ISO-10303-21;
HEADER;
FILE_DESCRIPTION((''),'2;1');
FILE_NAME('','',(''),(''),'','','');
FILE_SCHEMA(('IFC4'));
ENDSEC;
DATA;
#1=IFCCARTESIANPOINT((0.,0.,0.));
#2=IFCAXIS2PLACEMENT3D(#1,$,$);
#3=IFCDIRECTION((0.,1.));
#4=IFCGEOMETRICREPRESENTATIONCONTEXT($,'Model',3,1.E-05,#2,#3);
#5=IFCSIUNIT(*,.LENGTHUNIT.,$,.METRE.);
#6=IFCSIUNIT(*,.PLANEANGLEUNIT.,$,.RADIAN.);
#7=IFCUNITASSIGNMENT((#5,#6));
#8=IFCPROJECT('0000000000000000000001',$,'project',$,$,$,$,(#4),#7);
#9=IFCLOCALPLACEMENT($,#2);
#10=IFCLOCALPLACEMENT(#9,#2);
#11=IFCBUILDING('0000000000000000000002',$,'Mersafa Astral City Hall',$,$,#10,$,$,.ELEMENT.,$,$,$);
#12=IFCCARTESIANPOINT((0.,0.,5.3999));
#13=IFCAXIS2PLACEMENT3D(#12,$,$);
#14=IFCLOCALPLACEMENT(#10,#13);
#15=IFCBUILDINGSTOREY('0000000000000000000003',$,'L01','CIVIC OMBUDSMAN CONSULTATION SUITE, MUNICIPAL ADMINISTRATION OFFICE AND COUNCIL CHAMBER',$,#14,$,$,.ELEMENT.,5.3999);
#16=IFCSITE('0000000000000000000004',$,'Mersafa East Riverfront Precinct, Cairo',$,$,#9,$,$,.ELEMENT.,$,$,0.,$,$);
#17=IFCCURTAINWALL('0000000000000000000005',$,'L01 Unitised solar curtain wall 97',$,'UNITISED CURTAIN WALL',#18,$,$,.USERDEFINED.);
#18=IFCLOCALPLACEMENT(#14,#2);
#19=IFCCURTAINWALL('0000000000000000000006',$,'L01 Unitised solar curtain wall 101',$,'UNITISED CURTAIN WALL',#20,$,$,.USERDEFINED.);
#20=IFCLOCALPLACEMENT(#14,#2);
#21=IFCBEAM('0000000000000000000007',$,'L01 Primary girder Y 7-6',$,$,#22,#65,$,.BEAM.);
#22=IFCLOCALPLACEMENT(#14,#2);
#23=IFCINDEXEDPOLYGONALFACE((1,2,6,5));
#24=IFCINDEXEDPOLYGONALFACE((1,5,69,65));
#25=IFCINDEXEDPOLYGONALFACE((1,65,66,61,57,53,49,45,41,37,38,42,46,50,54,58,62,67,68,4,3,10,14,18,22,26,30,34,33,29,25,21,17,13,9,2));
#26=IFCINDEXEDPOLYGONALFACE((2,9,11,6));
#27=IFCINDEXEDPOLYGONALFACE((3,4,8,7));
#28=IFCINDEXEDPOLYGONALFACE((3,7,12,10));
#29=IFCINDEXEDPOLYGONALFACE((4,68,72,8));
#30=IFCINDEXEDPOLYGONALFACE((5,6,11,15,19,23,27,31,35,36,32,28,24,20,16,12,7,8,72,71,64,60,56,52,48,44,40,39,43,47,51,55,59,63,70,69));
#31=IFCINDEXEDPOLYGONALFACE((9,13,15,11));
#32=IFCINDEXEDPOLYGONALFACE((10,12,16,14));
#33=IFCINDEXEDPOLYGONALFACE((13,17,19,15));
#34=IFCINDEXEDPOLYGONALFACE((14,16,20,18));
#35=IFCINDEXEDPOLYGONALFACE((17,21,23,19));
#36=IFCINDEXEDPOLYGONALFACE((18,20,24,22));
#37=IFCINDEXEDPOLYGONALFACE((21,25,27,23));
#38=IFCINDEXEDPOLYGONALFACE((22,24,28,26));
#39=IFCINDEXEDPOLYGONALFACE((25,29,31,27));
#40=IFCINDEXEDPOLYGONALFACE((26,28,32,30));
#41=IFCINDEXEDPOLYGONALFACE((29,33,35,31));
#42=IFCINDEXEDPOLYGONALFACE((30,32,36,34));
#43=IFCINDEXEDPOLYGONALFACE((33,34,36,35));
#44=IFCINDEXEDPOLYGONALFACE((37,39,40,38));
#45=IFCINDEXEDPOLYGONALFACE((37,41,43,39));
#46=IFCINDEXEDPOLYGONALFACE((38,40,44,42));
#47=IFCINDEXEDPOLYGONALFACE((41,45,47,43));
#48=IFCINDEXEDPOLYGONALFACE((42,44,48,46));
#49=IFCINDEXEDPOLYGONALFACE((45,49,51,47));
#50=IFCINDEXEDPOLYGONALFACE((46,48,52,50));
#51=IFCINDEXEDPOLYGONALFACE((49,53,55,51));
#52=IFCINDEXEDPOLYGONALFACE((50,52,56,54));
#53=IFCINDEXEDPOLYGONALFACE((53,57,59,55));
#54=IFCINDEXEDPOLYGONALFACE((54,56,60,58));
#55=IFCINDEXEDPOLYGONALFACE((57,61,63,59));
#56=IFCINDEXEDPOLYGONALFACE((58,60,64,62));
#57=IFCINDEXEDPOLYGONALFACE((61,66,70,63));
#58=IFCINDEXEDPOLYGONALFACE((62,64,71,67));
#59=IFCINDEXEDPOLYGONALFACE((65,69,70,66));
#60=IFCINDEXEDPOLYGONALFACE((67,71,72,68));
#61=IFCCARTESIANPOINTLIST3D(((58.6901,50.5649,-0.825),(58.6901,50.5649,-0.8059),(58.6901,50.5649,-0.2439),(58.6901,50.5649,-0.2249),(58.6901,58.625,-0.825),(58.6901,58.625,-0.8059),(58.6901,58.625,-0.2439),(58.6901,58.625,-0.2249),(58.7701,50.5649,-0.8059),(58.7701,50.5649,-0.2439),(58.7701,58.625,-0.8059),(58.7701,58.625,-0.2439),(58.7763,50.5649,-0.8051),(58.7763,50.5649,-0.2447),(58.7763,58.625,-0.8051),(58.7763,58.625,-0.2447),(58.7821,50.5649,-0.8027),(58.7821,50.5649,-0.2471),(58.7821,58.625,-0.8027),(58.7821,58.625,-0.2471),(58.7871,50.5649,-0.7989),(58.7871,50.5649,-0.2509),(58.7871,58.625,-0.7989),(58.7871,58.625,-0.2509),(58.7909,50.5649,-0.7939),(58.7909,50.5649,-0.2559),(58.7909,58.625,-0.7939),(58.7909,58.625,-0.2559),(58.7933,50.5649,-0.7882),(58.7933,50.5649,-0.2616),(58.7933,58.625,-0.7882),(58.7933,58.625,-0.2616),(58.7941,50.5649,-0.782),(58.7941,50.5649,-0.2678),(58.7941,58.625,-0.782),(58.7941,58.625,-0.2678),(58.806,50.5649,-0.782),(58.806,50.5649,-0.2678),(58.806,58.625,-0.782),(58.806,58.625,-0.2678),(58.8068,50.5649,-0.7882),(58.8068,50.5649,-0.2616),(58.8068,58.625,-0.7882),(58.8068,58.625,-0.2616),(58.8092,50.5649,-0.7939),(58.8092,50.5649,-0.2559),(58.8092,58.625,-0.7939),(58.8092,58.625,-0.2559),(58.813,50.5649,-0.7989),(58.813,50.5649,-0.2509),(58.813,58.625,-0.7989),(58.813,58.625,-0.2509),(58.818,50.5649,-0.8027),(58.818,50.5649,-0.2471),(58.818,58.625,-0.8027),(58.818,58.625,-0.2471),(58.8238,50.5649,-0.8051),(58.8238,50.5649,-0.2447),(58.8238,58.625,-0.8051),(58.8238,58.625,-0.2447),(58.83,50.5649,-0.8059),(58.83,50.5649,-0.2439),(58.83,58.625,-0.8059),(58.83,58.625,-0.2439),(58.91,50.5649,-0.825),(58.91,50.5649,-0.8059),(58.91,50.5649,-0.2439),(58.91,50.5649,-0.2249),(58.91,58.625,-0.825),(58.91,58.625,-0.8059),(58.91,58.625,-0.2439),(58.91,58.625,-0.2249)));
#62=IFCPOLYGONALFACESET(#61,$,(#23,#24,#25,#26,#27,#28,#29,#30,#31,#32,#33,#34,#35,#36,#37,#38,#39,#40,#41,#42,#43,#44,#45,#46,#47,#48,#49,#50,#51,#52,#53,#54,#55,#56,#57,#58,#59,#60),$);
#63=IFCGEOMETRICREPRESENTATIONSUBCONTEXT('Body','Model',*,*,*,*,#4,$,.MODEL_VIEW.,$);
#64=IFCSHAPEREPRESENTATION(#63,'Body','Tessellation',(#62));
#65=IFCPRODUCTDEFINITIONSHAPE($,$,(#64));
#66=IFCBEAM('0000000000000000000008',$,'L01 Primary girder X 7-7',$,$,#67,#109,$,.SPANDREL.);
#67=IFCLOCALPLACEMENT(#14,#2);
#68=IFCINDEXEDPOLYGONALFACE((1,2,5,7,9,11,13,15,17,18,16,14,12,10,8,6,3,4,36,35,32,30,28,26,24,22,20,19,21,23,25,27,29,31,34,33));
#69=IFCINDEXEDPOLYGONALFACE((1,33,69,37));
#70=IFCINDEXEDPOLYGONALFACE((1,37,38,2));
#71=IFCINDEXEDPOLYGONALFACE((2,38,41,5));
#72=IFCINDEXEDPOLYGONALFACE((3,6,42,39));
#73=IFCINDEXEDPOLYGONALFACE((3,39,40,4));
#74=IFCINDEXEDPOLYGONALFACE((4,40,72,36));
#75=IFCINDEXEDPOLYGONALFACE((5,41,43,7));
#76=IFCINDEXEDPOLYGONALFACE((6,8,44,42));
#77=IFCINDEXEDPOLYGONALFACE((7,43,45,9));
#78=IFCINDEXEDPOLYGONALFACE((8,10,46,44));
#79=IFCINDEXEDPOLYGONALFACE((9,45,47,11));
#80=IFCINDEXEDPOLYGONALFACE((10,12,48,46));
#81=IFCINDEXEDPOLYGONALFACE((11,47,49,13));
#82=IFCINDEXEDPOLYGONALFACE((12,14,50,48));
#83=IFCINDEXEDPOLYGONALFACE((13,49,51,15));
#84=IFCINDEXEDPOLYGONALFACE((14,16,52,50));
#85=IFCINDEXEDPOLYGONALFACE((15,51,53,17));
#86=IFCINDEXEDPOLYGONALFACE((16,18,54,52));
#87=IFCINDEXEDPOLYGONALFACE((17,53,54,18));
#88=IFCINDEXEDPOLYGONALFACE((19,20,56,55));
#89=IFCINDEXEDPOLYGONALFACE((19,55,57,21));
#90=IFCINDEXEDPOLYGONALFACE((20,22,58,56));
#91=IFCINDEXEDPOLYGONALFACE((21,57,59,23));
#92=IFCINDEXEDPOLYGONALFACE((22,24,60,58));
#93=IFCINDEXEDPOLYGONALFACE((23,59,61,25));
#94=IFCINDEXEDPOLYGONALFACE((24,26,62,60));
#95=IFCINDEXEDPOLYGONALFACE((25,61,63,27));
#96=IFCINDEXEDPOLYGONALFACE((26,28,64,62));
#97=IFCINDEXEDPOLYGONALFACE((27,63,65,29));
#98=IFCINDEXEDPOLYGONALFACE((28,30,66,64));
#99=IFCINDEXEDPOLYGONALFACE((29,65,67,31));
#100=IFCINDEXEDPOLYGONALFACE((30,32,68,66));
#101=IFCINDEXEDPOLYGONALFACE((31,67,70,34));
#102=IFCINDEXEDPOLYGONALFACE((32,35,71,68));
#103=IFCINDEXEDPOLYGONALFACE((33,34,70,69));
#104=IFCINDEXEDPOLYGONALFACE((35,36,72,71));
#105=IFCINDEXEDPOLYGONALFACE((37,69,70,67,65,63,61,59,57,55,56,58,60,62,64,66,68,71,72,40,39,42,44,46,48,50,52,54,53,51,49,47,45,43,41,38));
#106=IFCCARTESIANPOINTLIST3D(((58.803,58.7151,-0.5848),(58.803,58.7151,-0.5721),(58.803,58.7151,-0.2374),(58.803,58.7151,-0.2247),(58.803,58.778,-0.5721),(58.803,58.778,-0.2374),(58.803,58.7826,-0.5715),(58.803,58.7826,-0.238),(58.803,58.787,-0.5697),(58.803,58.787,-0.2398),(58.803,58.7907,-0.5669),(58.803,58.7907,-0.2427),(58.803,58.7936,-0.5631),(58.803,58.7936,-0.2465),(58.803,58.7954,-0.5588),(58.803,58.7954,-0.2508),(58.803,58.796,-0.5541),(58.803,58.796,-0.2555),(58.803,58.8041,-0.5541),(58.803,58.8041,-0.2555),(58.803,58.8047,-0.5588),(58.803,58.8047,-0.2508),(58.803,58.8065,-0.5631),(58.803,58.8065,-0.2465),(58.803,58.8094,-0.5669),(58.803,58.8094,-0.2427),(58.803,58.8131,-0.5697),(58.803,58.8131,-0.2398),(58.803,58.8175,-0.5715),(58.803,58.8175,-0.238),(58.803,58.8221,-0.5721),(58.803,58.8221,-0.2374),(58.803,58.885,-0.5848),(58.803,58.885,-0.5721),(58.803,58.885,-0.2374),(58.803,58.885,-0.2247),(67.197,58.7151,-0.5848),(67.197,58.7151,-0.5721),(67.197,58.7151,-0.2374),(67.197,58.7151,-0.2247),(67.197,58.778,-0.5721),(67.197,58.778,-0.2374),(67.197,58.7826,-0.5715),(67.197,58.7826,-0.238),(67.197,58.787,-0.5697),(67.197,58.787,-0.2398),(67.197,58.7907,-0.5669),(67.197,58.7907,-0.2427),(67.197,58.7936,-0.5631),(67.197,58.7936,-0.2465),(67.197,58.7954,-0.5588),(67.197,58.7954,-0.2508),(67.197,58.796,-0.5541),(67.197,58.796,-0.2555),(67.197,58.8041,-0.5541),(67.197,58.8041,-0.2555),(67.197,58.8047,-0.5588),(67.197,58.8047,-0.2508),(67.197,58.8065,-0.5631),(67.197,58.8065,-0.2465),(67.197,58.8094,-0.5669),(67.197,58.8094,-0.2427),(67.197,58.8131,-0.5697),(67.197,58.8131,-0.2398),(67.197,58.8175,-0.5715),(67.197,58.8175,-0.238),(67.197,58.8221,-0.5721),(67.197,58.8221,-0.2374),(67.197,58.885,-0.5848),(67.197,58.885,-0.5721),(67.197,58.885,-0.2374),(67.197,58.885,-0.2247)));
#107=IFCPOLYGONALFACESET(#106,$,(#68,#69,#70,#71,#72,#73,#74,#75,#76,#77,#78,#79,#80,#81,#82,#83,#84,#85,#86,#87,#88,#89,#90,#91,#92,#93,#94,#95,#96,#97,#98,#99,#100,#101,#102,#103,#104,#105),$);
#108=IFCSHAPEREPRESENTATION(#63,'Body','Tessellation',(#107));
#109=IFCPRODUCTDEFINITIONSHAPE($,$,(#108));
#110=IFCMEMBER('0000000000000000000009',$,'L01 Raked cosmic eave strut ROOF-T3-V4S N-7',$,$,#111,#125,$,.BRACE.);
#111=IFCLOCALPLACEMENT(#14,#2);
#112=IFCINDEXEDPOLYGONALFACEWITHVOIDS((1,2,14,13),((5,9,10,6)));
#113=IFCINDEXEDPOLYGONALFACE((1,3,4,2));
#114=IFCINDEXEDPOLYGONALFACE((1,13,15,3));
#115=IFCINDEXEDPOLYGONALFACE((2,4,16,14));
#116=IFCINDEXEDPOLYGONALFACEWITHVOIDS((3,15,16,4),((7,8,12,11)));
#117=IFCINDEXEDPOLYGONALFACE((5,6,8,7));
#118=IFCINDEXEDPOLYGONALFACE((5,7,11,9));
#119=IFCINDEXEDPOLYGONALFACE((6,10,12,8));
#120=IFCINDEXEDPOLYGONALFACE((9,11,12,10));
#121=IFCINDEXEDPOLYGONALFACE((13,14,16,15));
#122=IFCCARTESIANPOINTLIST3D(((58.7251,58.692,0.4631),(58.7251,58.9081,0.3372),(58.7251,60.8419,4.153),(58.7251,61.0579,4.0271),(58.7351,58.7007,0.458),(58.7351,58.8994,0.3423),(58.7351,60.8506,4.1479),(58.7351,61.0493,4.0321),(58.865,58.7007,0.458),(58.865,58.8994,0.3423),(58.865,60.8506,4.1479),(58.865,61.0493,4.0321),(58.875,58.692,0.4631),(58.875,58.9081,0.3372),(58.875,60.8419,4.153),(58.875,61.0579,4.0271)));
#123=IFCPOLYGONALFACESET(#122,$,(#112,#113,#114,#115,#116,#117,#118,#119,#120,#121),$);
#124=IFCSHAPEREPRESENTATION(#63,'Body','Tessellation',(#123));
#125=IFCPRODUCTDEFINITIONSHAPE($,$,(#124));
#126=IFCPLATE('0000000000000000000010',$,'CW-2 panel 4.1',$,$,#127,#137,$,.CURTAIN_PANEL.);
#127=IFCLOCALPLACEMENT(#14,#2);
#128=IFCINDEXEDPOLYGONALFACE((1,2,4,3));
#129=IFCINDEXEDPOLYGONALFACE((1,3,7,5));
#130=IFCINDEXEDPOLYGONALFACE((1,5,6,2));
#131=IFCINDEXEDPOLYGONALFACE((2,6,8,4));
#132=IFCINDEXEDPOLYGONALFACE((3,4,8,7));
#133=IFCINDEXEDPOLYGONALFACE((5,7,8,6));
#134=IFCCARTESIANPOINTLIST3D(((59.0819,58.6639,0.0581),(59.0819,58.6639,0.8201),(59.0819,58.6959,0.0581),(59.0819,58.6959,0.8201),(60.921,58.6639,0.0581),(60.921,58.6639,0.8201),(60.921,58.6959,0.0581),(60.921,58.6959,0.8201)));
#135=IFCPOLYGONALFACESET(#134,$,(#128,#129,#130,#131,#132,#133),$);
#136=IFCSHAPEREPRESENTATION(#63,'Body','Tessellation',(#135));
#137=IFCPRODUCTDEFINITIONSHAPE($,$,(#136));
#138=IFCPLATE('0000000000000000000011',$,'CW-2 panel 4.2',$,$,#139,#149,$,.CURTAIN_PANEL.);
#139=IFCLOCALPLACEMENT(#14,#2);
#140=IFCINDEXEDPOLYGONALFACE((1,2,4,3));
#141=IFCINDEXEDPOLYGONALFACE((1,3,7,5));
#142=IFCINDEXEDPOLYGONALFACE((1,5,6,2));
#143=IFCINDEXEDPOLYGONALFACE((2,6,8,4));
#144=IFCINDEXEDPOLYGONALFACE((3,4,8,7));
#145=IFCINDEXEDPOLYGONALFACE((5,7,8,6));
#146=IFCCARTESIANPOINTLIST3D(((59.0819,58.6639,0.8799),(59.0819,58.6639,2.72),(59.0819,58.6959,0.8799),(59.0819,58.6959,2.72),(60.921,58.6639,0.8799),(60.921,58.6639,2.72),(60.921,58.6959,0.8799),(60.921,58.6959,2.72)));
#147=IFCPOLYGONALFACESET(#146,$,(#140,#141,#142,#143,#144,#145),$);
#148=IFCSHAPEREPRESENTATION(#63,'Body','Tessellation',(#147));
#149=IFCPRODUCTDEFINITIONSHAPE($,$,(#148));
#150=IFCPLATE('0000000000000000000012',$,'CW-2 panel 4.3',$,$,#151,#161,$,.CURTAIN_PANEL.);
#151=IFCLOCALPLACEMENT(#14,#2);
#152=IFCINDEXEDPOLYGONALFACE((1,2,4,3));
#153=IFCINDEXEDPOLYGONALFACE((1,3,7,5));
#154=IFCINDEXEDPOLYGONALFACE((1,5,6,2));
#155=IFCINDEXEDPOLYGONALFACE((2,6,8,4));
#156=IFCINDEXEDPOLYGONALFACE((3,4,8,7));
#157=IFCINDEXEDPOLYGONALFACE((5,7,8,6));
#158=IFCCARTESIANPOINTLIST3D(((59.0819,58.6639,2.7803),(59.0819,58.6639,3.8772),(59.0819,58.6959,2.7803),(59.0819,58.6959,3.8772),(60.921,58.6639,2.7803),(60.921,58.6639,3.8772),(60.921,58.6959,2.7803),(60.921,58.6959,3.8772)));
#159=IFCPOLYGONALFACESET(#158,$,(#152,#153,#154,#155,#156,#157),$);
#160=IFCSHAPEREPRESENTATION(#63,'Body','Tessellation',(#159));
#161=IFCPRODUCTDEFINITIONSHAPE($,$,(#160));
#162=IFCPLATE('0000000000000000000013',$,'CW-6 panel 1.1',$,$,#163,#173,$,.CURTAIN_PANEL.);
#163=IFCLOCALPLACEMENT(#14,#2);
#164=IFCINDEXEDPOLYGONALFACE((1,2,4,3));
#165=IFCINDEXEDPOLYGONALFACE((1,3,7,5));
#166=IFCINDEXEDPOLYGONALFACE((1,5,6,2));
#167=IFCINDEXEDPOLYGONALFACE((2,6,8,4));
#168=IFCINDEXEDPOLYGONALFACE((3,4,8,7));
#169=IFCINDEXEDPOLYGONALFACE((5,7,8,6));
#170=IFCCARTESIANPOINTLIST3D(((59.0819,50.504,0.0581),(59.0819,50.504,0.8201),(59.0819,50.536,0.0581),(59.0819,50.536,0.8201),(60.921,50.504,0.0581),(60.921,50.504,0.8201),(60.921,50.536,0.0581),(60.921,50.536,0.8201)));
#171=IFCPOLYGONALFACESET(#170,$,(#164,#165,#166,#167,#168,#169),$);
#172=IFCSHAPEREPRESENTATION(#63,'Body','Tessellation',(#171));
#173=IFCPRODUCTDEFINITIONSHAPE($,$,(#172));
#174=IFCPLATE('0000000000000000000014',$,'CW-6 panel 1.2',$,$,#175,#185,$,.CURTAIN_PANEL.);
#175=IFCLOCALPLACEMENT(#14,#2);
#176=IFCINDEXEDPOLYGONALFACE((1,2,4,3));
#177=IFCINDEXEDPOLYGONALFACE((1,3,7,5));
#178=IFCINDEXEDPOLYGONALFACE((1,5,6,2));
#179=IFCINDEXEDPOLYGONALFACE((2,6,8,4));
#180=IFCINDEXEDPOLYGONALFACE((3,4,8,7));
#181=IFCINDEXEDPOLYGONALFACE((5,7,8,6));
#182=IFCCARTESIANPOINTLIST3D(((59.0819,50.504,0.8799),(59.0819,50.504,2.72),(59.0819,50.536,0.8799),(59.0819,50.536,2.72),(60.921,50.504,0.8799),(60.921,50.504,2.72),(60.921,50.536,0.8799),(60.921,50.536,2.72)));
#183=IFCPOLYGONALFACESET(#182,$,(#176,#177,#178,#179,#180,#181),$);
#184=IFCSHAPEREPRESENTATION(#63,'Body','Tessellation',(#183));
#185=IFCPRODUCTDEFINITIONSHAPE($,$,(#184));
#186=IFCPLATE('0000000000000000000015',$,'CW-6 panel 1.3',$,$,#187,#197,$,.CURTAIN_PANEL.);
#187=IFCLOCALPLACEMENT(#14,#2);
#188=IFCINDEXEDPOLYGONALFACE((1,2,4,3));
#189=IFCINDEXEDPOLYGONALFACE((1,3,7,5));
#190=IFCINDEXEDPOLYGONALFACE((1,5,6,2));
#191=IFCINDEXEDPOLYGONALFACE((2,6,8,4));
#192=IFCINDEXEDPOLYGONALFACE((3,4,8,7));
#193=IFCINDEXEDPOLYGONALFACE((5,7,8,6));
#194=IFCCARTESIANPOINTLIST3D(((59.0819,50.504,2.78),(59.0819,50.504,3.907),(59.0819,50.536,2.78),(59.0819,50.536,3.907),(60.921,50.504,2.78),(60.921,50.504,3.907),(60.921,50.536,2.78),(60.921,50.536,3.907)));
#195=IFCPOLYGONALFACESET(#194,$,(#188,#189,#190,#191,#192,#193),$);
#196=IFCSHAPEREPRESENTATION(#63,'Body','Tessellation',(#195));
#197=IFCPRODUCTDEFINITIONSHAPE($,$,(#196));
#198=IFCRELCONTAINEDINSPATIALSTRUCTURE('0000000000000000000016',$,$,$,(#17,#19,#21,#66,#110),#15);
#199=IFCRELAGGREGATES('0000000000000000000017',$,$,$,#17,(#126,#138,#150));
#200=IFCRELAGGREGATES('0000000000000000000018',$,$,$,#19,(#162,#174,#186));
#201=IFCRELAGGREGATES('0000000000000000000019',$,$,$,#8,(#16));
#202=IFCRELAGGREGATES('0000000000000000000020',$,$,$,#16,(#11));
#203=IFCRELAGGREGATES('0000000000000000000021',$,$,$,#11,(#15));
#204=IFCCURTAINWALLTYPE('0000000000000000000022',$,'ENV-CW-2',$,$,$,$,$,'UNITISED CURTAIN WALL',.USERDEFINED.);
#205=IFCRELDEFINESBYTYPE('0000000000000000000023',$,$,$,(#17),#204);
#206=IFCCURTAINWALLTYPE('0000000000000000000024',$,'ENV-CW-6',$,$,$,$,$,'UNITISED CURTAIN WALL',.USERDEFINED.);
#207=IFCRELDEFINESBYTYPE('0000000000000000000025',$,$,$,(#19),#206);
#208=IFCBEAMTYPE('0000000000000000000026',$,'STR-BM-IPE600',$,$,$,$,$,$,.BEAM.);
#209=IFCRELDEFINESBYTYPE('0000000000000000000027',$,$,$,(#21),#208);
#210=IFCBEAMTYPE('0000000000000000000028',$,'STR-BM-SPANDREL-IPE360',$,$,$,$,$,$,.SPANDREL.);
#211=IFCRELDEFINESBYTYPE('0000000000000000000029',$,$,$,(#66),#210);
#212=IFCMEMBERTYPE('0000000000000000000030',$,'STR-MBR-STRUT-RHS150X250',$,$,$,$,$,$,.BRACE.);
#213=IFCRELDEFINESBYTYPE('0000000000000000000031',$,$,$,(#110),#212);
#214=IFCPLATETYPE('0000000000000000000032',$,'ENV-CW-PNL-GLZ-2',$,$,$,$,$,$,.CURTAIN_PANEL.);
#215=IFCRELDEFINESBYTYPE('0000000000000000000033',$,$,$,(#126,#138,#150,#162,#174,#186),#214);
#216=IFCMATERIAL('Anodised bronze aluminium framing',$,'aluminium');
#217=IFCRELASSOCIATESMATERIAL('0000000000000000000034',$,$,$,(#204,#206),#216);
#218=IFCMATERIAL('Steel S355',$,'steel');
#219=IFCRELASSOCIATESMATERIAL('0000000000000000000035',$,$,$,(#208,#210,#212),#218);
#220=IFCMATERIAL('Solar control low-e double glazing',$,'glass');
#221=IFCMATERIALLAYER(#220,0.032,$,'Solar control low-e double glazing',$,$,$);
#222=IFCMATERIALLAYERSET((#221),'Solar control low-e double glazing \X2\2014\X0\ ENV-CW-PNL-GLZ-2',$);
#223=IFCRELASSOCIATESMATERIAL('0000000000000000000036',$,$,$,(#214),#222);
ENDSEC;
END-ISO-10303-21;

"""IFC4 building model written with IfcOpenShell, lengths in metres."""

from ifc_helpers import new_model, si_unit, direction, frame, origin, origin_2d, place, context, subcontext, project, spatial, rectangle, hollow_rectangle, i_section, extrude, material, layer, layer_set, material_profile, profile_set, type_object, element, aggregate, save


model = new_model("IFC4")

# Units and contexts
model_context = context("Model", 3, precision=1e-05, world=origin(), true_north=direction((0.0, 1.0)))
body_context = subcontext(model_context, "Body", "Model", "MODEL_VIEW")
ifc_project = project(units=[si_unit("LENGTHUNIT", "METRE"), si_unit("PLANEANGLEUNIT", "RADIAN")], contexts=[model_context])

# Site, building, storey
site_placement = place(None, origin())
site = spatial("IfcSite", under=ifc_project, at=site_placement, Name="Mersafa East Riverfront Precinct, Cairo", CompositionType="ELEMENT", RefElevation=0.0)
building_placement = place(site_placement, origin())
building = spatial("IfcBuilding", under=site, at=building_placement, Name="Mersafa Astral City Hall", CompositionType="ELEMENT")
storey_placement = place(building_placement, frame((0.0, 0.0, 5.3999)))
storey = spatial("IfcBuildingStorey", under=building, at=storey_placement, Name="L01", Description="CIVIC OMBUDSMAN CONSULTATION SUITE, MUNICIPAL ADMINISTRATION OFFICE AND COUNCIL CHAMBER", CompositionType="ELEMENT", Elevation=5.3999)

# Shared definitions
ifc_material_1 = material(Name="Steel S355", Category="steel")

# Curtain wall
ifc_material_2 = material(Name="Anodised bronze aluminium framing", Category="aluminium")
curtain_wall_type_1 = type_object("IfcCurtainWallType", Name="ENV-CW-2", ElementType="UNITISED CURTAIN WALL", PredefinedType="USERDEFINED", material=ifc_material_2)
curtain_wall_1_placement = place(storey_placement, origin())
curtain_wall_1 = element("IfcCurtainWall", 1, at=curtain_wall_1_placement, inside=storey, type_object=curtain_wall_type_1, Name="L01 Unitised solar curtain wall 97", ObjectType="UNITISED CURTAIN WALL", PredefinedType="USERDEFINED")

# Curtain wall
curtain_wall_type_2 = type_object("IfcCurtainWallType", Name="ENV-CW-6", ElementType="UNITISED CURTAIN WALL", PredefinedType="USERDEFINED", material=ifc_material_2)
curtain_wall_2_placement = place(storey_placement, origin())
curtain_wall_2 = element("IfcCurtainWall", 2, at=curtain_wall_2_placement, inside=storey, type_object=curtain_wall_type_2, Name="L01 Unitised solar curtain wall 101", ObjectType="UNITISED CURTAIN WALL", PredefinedType="USERDEFINED")

# Beams
ifc_material_profile_1 = material_profile(ifc_material_1, i_section(OverallWidth=0.22, OverallDepth=0.6001, WebThickness=0.012, FlangeThickness=0.019, FilletRadius=0.0239, at=origin_2d()), Name="IPE 600")
ifc_profile_set_1 = profile_set([ifc_material_profile_1], Name="Steel S355")
beam_type_1 = type_object("IfcBeamType", Name="STR-BM-IPE600", PredefinedType="BEAM", material=ifc_profile_set_1)
beam_1_placement = place(storey_placement, frame((58.8, 50.5649, -0.5249), z_axis=(0.0, 1.0, 0.0), x_axis=(-1.0, 0.0, 0.0)))
element("IfcBeam", 3, at=beam_1_placement, inside=storey, type_object=beam_type_1, Name="L01 Primary girder Y 7-6", PredefinedType="BEAM", context=body_context, shape_type="SweptSolid", body=[
    extrude(i_section(OverallWidth=0.22, OverallDepth=0.6001, WebThickness=0.012, FlangeThickness=0.019, FilletRadius=0.0239, at=origin_2d()), origin(), (0.0, 0.0, 1.0), 8.0601),
])
ifc_material_profile_2 = material_profile(ifc_material_1, i_section(OverallWidth=0.1699, OverallDepth=0.3601, WebThickness=0.0081, FlangeThickness=0.0127, FilletRadius=0.0181, at=origin_2d()), Name="IPE 360")
ifc_profile_set_2 = profile_set([ifc_material_profile_2], Name="Steel S355")
beam_type_2 = type_object("IfcBeamType", Name="STR-BM-SPANDREL-IPE360", PredefinedType="SPANDREL", material=ifc_profile_set_2)
beam_2_placement = place(storey_placement, frame((58.803, 58.8, -0.4048), z_axis=(1.0, 0.0, 0.0), x_axis=(0.0, 1.0, 0.0)))
element("IfcBeam", 4, at=beam_2_placement, inside=storey, type_object=beam_type_2, Name="L01 Primary girder X 7-7", PredefinedType="SPANDREL", context=body_context, shape_type="SweptSolid", body=[
    extrude(i_section(OverallWidth=0.1699, OverallDepth=0.3601, WebThickness=0.0081, FlangeThickness=0.0127, FilletRadius=0.0181, at=origin_2d()), origin(), (0.0, 0.0, 1.0), 8.394),
])

# Member
ifc_material_profile_3 = material_profile(ifc_material_1, hollow_rectangle(XDim=0.1499, YDim=0.25, WallThickness=0.01, at=origin_2d()), Name="RHS 150x250x10")
ifc_profile_set_3 = profile_set([ifc_material_profile_3], Name="Steel S355")
member_type_1 = type_object("IfcMemberType", Name="STR-MBR-STRUT-RHS150X250", PredefinedType="BRACE", material=ifc_profile_set_3)
member_1_placement = place(storey_placement, frame((58.8, 58.8, 0.4001), z_axis=(0.0, 0.503423, 0.86404), x_axis=(-1.0, 0.0, 0.0)))
element("IfcMember", 5, at=member_1_placement, inside=storey, type_object=member_type_1, Name="L01 Raked cosmic eave strut ROOF-T3-V4S N-7", PredefinedType="BRACE", context=body_context, shape_type="SweptSolid", body=[
    extrude(hollow_rectangle(XDim=0.1499, YDim=0.25, WallThickness=0.01, at=origin_2d()), origin(), (0.0, 0.0, 1.0), 4.2705),
])

# Plates
ifc_material_3 = material(Name="Solar control low-e double glazing", Category="glass")
ifc_layer = layer(ifc_material_3, 0.032, Name="Solar control low-e double glazing")
ifc_layer_set = layer_set([ifc_layer], Name="Solar control low-e double glazing — ENV-CW-PNL-GLZ-2")
plate_type = type_object("IfcPlateType", Name="ENV-CW-PNL-GLZ-2", PredefinedType="CURTAIN_PANEL", material=ifc_layer_set)
plate_1_placement = place(storey_placement, frame((60.0015, 58.6799, 0.0581), z_axis=(0.0, 0.0, 1.0), x_axis=(-1.0, 0.0, 0.0)))
plate_1 = element("IfcPlate", 6, at=plate_1_placement, type_object=plate_type, Name="CW-2 panel 4.1", PredefinedType="CURTAIN_PANEL", context=body_context, shape_type="SweptSolid", body=[
    extrude(rectangle(XDim=1.8391, YDim=0.032, at=origin_2d()), origin(), (0.0, 0.0, 1.0), 0.762),
])
plate_2_placement = place(storey_placement, frame((60.0015, 58.6799, 0.8799), z_axis=(0.0, 0.0, 1.0), x_axis=(-1.0, 0.0, 0.0)))
plate_2 = element("IfcPlate", 7, at=plate_2_placement, type_object=plate_type, Name="CW-2 panel 4.2", PredefinedType="CURTAIN_PANEL", context=body_context, shape_type="SweptSolid", body=[
    extrude(rectangle(XDim=1.8391, YDim=0.032, at=origin_2d()), origin(), (0.0, 0.0, 1.0), 1.8401),
])
plate_3_placement = place(storey_placement, frame((60.0015, 58.6799, 2.7803), z_axis=(0.0, 0.0, 1.0), x_axis=(-1.0, 0.0, 0.0)))
plate_3 = element("IfcPlate", 8, at=plate_3_placement, type_object=plate_type, Name="CW-2 panel 4.3", PredefinedType="CURTAIN_PANEL", context=body_context, shape_type="SweptSolid", body=[
    extrude(rectangle(XDim=1.8391, YDim=0.032, at=origin_2d()), origin(), (0.0, 0.0, 1.0), 1.0969),
])
aggregate(curtain_wall_1, [plate_1, plate_2, plate_3])
plate_4_placement = place(storey_placement, frame((60.0015, 50.52, 0.0581), z_axis=(0.0, 0.0, 1.0), x_axis=(1.0, 0.0, 0.0)))
plate_4 = element("IfcPlate", 9, at=plate_4_placement, type_object=plate_type, Name="CW-6 panel 1.1", PredefinedType="CURTAIN_PANEL", context=body_context, shape_type="SweptSolid", body=[
    extrude(rectangle(XDim=1.8391, YDim=0.032, at=origin_2d()), origin(), (0.0, 0.0, 1.0), 0.762),
])
plate_5_placement = place(storey_placement, frame((60.0015, 50.52, 0.8799), z_axis=(0.0, 0.0, 1.0), x_axis=(1.0, 0.0, 0.0)))
plate_5 = element("IfcPlate", 10, at=plate_5_placement, type_object=plate_type, Name="CW-6 panel 1.2", PredefinedType="CURTAIN_PANEL", context=body_context, shape_type="SweptSolid", body=[
    extrude(rectangle(XDim=1.8391, YDim=0.032, at=origin_2d()), origin(), (0.0, 0.0, 1.0), 1.8401),
])
plate_6_placement = place(storey_placement, frame((60.0015, 50.52, 2.78), z_axis=(0.0, 0.0, 1.0), x_axis=(1.0, 0.0, 0.0)))
plate_6 = element("IfcPlate", 11, at=plate_6_placement, type_object=plate_type, Name="CW-6 panel 1.3", PredefinedType="CURTAIN_PANEL", context=body_context, shape_type="SweptSolid", body=[
    extrude(rectangle(XDim=1.8391, YDim=0.032, at=origin_2d()), origin(), (0.0, 0.0, 1.0), 1.127),
])
aggregate(curtain_wall_2, [plate_4, plate_5, plate_6])

save(model, "model.ifc")
